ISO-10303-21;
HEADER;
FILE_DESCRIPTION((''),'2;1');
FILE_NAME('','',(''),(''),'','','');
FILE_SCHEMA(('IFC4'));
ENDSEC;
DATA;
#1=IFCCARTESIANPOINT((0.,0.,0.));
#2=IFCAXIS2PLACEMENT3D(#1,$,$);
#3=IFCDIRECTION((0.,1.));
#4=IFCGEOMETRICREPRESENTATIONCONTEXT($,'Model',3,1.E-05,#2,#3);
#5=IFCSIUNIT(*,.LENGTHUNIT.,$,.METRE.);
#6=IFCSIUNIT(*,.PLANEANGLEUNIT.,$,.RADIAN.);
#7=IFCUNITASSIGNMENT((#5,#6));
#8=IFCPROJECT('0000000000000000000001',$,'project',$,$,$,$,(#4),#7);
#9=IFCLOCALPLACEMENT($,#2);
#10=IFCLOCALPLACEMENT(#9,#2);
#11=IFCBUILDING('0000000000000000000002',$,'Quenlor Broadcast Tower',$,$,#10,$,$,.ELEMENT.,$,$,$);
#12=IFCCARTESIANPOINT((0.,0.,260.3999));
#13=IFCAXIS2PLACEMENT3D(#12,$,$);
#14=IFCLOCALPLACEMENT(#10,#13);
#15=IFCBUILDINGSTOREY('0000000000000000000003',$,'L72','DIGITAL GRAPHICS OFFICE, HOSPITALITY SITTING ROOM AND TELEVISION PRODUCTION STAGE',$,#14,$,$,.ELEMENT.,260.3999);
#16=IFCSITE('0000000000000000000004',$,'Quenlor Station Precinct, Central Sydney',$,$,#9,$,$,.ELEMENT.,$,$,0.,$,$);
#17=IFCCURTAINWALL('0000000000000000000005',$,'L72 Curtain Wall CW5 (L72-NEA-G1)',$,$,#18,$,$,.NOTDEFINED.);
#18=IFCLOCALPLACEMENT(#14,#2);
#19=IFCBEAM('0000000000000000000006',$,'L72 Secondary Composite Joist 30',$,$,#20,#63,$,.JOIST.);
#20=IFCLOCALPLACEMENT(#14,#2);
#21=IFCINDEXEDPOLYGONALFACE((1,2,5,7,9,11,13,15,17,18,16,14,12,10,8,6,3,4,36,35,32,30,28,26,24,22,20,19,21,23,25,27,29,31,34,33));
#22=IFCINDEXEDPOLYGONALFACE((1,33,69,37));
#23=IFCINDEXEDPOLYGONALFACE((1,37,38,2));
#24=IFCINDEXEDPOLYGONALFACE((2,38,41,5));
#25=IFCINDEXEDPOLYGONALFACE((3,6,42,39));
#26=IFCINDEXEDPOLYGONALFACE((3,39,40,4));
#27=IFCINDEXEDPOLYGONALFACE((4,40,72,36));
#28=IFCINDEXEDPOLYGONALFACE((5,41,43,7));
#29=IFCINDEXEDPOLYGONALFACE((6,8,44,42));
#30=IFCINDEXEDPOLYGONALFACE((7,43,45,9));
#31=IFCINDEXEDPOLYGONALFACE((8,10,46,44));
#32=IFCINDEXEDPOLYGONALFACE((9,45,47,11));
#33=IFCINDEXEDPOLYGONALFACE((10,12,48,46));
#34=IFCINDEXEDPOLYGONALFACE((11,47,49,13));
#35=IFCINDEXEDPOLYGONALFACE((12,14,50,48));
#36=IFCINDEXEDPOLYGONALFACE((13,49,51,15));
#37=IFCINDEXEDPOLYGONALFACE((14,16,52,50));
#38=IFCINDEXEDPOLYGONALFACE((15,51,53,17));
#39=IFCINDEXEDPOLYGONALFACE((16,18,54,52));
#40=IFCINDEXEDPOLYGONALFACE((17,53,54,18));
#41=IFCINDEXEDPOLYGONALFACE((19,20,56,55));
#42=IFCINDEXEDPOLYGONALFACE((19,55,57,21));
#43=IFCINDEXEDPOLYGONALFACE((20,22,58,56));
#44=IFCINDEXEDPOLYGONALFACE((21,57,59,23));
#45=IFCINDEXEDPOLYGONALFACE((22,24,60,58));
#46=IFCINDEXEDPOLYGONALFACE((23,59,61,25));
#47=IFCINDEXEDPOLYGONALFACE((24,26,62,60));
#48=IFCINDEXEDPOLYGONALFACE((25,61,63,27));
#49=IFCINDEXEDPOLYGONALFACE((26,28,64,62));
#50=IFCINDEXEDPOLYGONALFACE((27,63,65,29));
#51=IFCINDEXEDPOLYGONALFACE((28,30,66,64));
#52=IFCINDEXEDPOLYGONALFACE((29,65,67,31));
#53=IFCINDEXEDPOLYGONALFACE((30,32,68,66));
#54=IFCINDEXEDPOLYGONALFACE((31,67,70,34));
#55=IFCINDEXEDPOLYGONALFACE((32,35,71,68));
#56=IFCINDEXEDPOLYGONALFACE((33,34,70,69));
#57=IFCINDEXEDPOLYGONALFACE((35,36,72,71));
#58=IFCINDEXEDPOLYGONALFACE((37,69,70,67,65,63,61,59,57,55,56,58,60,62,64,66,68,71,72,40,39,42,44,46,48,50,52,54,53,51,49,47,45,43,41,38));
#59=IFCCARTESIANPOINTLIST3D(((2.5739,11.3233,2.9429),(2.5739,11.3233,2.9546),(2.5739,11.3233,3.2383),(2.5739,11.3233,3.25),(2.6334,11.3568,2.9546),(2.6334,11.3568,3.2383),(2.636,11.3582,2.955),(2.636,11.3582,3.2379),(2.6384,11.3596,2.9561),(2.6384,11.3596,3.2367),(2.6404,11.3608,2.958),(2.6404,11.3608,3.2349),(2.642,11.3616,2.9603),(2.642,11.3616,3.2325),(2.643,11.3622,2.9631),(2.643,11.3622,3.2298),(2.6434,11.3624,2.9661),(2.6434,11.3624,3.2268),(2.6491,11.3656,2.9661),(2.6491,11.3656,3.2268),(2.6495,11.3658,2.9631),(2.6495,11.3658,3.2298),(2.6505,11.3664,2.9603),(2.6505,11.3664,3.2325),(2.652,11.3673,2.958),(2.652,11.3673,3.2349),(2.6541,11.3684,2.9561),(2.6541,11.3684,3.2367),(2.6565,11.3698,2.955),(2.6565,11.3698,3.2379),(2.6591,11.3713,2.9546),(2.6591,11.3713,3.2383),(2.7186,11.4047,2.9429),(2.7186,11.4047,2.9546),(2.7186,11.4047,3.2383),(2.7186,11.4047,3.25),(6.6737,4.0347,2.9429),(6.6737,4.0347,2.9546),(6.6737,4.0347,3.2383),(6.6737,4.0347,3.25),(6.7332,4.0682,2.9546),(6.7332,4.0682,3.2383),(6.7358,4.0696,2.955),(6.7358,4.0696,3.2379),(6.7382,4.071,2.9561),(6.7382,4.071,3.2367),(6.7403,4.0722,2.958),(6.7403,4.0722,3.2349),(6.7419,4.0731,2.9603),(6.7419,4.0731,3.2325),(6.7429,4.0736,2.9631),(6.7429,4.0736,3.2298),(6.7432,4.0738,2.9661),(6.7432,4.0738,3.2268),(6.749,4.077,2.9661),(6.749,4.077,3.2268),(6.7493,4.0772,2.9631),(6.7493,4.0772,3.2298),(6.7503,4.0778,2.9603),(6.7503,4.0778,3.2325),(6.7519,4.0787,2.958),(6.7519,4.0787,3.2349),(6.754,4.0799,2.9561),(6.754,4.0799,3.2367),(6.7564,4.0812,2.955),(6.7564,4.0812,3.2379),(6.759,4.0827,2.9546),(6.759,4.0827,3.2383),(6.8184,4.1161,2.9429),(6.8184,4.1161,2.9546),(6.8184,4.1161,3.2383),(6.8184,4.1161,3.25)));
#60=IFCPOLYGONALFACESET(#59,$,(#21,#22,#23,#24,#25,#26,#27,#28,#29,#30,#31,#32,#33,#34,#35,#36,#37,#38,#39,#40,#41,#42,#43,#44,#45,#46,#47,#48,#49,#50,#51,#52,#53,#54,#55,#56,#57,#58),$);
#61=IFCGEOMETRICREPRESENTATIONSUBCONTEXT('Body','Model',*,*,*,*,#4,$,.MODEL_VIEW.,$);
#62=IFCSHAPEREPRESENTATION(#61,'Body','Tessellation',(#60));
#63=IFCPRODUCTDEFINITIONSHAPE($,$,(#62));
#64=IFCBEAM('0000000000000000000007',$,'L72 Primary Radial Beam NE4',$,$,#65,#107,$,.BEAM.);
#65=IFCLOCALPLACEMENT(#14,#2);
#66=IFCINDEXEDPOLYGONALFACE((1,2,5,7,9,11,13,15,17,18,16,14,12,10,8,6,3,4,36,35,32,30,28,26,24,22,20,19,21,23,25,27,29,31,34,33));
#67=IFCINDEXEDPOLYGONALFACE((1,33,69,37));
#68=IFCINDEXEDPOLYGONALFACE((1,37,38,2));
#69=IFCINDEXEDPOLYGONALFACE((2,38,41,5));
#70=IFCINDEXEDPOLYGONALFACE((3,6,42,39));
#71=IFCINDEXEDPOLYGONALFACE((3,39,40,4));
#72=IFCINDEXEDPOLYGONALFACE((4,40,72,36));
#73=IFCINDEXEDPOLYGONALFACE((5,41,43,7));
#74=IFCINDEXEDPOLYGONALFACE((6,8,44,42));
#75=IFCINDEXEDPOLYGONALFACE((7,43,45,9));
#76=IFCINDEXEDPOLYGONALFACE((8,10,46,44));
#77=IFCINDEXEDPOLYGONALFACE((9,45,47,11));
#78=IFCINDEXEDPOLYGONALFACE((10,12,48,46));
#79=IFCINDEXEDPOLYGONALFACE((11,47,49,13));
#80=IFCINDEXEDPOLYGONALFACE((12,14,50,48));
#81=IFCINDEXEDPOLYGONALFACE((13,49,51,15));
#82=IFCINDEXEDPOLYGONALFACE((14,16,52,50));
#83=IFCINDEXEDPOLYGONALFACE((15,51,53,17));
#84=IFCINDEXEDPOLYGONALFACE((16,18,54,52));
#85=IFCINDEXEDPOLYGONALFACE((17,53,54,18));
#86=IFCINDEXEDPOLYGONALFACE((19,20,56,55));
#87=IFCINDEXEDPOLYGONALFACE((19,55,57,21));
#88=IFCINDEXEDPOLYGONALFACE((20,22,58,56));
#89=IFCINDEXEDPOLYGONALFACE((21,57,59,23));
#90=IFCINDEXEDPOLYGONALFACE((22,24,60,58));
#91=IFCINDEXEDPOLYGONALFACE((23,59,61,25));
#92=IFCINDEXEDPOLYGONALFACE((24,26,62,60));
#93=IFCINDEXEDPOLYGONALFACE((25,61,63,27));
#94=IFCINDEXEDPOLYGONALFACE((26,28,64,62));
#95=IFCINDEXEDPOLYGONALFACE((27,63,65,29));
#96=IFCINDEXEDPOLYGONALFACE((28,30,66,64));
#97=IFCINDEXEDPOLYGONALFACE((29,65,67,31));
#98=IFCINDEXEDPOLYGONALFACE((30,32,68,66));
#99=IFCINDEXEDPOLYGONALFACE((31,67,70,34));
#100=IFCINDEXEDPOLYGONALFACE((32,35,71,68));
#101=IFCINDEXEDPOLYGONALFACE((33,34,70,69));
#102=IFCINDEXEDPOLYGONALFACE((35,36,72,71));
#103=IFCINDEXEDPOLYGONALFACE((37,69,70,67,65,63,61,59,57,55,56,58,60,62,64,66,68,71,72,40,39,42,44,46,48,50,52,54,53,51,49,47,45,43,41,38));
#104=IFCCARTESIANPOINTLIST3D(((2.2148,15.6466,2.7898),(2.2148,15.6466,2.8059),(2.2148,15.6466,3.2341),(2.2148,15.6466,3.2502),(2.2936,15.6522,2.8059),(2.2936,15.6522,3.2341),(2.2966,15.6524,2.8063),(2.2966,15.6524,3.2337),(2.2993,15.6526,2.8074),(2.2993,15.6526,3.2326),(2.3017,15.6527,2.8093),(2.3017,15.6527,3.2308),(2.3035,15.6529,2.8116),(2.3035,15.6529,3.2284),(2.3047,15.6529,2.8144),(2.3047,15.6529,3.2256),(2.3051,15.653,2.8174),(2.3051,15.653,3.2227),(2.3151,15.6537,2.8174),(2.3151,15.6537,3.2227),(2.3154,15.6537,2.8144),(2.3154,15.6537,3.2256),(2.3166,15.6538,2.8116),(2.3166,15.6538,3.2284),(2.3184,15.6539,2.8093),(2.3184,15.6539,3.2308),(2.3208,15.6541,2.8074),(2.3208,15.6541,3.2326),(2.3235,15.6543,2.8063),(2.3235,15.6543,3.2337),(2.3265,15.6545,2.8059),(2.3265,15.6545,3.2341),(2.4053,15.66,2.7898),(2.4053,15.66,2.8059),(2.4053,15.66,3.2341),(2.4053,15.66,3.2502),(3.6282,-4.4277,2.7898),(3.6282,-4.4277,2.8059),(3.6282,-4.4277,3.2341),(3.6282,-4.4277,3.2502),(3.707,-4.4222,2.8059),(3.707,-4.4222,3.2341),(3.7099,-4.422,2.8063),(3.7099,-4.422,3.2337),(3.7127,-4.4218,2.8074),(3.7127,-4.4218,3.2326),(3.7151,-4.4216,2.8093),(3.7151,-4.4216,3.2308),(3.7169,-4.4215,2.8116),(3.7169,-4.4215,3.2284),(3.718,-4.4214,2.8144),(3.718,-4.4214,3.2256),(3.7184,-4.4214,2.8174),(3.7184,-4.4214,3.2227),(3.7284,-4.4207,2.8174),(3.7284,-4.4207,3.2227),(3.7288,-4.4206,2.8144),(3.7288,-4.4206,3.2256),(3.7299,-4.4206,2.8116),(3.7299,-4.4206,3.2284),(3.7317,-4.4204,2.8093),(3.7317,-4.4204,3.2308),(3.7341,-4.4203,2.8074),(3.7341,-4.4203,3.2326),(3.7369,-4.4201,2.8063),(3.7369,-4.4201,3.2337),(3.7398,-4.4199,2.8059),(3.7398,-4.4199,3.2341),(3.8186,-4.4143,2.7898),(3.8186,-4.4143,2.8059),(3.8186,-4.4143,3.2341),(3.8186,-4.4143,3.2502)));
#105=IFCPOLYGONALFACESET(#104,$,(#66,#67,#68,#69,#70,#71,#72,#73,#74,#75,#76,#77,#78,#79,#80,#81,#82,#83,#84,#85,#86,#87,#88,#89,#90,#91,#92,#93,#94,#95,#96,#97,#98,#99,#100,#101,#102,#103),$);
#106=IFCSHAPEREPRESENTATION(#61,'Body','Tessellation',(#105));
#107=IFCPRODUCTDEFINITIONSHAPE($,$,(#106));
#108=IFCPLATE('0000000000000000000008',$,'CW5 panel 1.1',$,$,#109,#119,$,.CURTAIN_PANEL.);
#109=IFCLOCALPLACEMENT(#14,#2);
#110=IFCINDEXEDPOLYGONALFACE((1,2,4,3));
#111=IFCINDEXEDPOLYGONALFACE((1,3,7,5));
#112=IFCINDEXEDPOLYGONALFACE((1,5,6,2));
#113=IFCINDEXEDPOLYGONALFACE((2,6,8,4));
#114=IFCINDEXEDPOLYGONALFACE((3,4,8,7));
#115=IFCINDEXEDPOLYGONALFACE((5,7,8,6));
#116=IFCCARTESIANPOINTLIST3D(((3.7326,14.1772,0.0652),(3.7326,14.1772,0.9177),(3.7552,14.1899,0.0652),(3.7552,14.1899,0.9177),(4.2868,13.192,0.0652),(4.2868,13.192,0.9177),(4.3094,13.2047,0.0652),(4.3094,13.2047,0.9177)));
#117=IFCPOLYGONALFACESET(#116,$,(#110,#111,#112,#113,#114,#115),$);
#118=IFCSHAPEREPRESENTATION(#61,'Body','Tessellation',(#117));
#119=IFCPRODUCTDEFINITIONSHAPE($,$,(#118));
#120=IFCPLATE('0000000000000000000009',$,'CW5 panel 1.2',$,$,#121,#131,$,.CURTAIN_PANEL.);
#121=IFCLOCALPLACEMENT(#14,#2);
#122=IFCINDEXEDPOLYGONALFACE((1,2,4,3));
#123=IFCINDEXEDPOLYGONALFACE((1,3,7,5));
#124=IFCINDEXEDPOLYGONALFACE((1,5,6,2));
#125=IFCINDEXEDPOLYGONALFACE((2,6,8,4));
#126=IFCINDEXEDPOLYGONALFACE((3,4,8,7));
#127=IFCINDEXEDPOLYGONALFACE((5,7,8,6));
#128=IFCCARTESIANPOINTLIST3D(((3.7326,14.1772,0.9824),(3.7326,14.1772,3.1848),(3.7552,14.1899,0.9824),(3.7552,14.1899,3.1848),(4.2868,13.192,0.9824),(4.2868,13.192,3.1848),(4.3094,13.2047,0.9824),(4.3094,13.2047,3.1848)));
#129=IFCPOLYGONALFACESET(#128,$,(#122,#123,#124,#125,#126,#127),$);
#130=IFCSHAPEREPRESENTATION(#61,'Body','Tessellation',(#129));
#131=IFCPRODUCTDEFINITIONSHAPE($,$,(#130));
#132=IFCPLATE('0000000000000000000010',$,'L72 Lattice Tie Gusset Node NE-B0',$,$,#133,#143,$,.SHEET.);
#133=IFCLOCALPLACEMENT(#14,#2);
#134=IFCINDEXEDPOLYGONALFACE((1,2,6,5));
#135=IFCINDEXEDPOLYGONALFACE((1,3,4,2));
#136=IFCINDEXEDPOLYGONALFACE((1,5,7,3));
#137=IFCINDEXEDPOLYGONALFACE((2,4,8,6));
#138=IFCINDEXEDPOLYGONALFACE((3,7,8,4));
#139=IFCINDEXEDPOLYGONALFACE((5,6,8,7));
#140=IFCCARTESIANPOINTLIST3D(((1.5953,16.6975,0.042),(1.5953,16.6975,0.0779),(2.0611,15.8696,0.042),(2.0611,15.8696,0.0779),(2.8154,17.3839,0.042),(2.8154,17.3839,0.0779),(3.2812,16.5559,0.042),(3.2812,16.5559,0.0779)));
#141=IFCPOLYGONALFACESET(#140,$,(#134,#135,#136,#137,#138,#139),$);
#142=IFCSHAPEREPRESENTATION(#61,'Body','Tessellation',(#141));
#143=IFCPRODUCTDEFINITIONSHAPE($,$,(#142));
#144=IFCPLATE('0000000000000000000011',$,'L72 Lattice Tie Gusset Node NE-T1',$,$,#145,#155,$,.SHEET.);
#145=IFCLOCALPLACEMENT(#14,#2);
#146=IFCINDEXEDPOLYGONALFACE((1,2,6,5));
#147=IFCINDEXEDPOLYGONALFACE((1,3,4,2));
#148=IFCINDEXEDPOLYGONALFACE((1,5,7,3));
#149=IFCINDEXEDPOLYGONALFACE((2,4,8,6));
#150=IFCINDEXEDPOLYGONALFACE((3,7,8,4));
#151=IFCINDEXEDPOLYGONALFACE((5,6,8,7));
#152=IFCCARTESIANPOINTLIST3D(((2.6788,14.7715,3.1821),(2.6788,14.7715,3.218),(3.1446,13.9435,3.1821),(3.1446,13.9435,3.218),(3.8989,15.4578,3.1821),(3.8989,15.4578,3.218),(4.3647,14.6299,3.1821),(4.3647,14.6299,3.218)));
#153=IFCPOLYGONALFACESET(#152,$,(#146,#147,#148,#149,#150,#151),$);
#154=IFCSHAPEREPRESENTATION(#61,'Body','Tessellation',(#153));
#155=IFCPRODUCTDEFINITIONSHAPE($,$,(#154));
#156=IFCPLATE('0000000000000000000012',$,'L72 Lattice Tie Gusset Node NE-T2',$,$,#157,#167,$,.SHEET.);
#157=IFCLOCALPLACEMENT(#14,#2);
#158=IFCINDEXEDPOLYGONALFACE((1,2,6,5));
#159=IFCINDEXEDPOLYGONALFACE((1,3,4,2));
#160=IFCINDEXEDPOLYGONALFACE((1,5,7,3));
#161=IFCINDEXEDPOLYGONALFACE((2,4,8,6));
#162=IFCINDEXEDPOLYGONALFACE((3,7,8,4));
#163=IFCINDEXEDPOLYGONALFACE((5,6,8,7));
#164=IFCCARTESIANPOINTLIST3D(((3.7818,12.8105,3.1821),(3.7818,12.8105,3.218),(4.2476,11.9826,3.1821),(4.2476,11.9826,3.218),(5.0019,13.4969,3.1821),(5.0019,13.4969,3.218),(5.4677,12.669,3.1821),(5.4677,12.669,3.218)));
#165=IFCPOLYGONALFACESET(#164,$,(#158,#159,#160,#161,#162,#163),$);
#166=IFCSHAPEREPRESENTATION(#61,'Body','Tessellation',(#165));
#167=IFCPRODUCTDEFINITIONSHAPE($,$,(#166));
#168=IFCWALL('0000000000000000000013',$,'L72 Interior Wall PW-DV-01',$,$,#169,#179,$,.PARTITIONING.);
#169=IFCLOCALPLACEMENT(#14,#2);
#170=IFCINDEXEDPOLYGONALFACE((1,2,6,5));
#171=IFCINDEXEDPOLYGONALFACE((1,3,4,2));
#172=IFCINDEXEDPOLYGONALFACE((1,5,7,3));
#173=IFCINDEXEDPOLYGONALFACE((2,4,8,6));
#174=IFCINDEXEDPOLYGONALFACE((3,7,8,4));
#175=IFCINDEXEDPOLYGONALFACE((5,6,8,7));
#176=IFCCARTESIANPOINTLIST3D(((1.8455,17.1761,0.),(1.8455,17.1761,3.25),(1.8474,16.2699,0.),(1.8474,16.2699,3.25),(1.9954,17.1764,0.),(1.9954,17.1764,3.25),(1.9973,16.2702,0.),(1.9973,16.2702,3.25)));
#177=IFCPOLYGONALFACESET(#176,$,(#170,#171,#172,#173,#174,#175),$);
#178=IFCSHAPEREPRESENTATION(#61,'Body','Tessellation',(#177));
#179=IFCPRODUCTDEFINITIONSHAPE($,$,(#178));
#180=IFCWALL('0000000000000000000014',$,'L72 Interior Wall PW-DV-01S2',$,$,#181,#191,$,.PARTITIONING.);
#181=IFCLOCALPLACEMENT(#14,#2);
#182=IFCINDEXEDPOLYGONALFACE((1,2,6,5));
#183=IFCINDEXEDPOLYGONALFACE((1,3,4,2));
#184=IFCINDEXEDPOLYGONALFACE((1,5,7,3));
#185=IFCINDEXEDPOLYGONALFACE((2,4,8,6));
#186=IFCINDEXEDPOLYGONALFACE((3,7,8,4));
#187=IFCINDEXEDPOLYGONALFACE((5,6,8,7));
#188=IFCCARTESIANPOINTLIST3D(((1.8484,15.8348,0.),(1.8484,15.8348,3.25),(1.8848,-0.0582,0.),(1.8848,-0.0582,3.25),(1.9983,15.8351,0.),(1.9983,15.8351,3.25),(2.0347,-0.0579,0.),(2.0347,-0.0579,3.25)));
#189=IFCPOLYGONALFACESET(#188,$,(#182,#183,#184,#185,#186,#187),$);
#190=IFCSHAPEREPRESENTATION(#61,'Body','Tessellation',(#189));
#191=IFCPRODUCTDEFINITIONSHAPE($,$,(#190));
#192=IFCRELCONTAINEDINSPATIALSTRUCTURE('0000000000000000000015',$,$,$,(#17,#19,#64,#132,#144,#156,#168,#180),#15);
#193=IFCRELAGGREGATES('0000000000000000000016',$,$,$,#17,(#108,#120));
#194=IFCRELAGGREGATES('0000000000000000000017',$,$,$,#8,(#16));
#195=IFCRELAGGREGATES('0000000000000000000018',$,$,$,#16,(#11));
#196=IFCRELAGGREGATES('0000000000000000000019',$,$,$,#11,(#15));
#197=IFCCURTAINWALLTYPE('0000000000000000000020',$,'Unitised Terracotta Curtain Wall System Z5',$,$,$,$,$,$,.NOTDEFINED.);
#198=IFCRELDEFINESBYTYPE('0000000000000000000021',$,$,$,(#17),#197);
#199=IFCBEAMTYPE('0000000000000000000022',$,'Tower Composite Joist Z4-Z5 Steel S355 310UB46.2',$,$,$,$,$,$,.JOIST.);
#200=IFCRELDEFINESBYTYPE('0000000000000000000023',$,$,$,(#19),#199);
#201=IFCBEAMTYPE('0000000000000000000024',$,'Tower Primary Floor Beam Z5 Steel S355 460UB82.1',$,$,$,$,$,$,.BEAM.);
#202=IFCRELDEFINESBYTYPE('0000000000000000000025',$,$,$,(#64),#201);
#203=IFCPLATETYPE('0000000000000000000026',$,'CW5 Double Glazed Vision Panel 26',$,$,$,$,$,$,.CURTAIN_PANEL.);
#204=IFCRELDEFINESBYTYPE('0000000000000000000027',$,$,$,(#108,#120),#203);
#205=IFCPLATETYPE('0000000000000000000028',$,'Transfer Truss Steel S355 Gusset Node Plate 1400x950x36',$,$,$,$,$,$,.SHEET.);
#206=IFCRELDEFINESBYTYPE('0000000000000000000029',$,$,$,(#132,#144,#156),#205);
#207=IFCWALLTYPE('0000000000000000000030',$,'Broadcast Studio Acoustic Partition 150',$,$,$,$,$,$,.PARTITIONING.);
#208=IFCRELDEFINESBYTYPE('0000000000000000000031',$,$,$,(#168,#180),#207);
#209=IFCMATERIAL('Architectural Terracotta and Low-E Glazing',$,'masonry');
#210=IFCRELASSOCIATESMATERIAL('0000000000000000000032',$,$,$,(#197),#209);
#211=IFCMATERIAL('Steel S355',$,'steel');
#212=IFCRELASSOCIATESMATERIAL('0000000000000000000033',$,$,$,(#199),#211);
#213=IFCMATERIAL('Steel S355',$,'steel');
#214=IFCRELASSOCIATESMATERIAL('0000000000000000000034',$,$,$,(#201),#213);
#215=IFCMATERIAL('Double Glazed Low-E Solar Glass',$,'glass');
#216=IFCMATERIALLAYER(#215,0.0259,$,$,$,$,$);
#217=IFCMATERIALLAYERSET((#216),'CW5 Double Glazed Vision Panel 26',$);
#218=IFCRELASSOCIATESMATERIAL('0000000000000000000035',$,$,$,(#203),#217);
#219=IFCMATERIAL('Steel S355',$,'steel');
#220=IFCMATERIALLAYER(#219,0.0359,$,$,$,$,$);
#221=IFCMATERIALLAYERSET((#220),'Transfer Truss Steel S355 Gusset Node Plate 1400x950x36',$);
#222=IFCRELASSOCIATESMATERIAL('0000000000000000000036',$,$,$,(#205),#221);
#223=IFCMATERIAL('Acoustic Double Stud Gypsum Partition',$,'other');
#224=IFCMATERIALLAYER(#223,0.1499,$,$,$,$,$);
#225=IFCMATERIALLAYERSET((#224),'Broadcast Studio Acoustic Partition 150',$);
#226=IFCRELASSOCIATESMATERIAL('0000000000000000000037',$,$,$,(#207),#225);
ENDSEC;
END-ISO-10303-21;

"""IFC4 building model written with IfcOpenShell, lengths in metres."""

from ifc_helpers import new_model, si_unit, direction, frame, frame_2d, origin, origin_2d, place, context, subcontext, project, spatial, rectangle, i_section, extrude, material, layer, layer_set, material_profile, profile_set, type_object, element, aggregate, save


model = new_model("IFC4")

# Units and contexts
model_context = context("Model", 3, precision=1e-05, world=origin(), true_north=direction((0.0, 1.0)))
body_context = subcontext(model_context, "Body", "Model", "MODEL_VIEW")
ifc_project = project(units=[si_unit("LENGTHUNIT", "METRE"), si_unit("PLANEANGLEUNIT", "RADIAN")], contexts=[model_context])

# Site, building, storey
site_placement = place(None, origin())
site = spatial("IfcSite", under=ifc_project, at=site_placement, Name="Quenlor Station Precinct, Central Sydney", CompositionType="ELEMENT", RefElevation=0.0)
building_placement = place(site_placement, origin())
building = spatial("IfcBuilding", under=site, at=building_placement, Name="Quenlor Broadcast Tower", CompositionType="ELEMENT")
storey_placement = place(building_placement, frame((0.0, 0.0, 260.3999)))
storey = spatial("IfcBuildingStorey", under=building, at=storey_placement, Name="L72", Description="DIGITAL GRAPHICS OFFICE, HOSPITALITY SITTING ROOM AND TELEVISION PRODUCTION STAGE", CompositionType="ELEMENT", Elevation=260.3999)

# Curtain wall
ifc_material_1 = material(Name="Architectural Terracotta and Low-E Glazing", Category="masonry")
curtain_wall_type = type_object("IfcCurtainWallType", Name="Unitised Terracotta Curtain Wall System Z5", PredefinedType="NOTDEFINED", material=ifc_material_1)
curtain_wall_placement = place(storey_placement, origin())
curtain_wall = element("IfcCurtainWall", 1, at=curtain_wall_placement, inside=storey, type_object=curtain_wall_type, Name="L72 Curtain Wall CW5 (L72-NEA-G1)", PredefinedType="NOTDEFINED")

# Beams
ifc_material_2 = material(Name="Steel S355", Category="steel")
ifc_material_profile_1 = material_profile(ifc_material_2, i_section(OverallWidth=0.166, OverallDepth=0.3071, WebThickness=0.0066, FlangeThickness=0.0117, FilletRadius=0.0115, at=origin_2d()))
ifc_profile_set_1 = profile_set([ifc_material_profile_1], Name="Steel S355 310UB46.2")
beam_type_1 = type_object("IfcBeamType", Name="Tower Composite Joist Z4-Z5 Steel S355 310UB46.2", PredefinedType="JOIST", material=ifc_profile_set_1)
beam_1_placement = place(storey_placement, frame((2.6462, 11.364, 3.0964), z_axis=(0.490264, -0.871574, 0.0), x_axis=(0.871574, 0.490264, 0.0)))
element("IfcBeam", 2, at=beam_1_placement, inside=storey, type_object=beam_type_1, Name="L72 Secondary Composite Joist 30", PredefinedType="JOIST", context=body_context, shape_type="SweptSolid", body=[
    extrude(i_section(OverallWidth=0.166, OverallDepth=0.3071, WebThickness=0.0066, FlangeThickness=0.0117, FilletRadius=0.0115, at=origin_2d()), origin(), (0.0, 0.0, 1.0), 8.3625),
])
ifc_material_3 = material(Name="Steel S355", Category="steel")
ifc_material_profile_2 = material_profile(ifc_material_3, i_section(OverallWidth=0.1909, OverallDepth=0.4604, WebThickness=0.01, FlangeThickness=0.0161, FilletRadius=0.0115, at=origin_2d()))
ifc_profile_set_2 = profile_set([ifc_material_profile_2], Name="Steel S355 460UB82.1")
beam_type_2 = type_object("IfcBeamType", Name="Tower Primary Floor Beam Z5 Steel S355 460UB82.1", PredefinedType="BEAM", material=ifc_profile_set_2)
beam_2_placement = place(storey_placement, frame((2.3101, 15.6533, 3.02), z_axis=(0.070231, -0.997531, 0.0), x_axis=(0.997531, 0.070231, 0.0)))
element("IfcBeam", 3, at=beam_2_placement, inside=storey, type_object=beam_type_2, Name="L72 Primary Radial Beam NE4", PredefinedType="BEAM", context=body_context, shape_type="SweptSolid", body=[
    extrude(i_section(OverallWidth=0.1909, OverallDepth=0.4604, WebThickness=0.01, FlangeThickness=0.0161, FilletRadius=0.0115, at=origin_2d()), origin(), (0.0, 0.0, 1.0), 20.124),
])

# Plates
ifc_material_4 = material(Name="Double Glazed Low-E Solar Glass", Category="glass")
ifc_layer_1 = layer(ifc_material_4, 0.0259)
ifc_layer_set_1 = layer_set([ifc_layer_1], Name="CW5 Double Glazed Vision Panel 26")
plate_type_1 = type_object("IfcPlateType", Name="CW5 Double Glazed Vision Panel 26", PredefinedType="CURTAIN_PANEL", material=ifc_layer_set_1)
plate_1_placement = place(storey_placement, frame((4.021, 13.6909, 0.0652), z_axis=(0.0, 0.0, 1.0), x_axis=(0.490291, -0.871559, 0.0)))
plate_1 = element("IfcPlate", 4, at=plate_1_placement, type_object=plate_type_1, Name="CW5 panel 1.1", PredefinedType="CURTAIN_PANEL", context=body_context, shape_type="SweptSolid", body=[
    extrude(rectangle(XDim=1.1304, YDim=0.0259, at=origin_2d()), origin(), (0.0, 0.0, 1.0), 0.8525),
])
plate_2_placement = place(storey_placement, frame((4.021, 13.6909, 0.9824), z_axis=(0.0, 0.0, 1.0), x_axis=(0.490291, -0.871559, 0.0)))
plate_2 = element("IfcPlate", 5, at=plate_2_placement, type_object=plate_type_1, Name="CW5 panel 1.2", PredefinedType="CURTAIN_PANEL", context=body_context, shape_type="SweptSolid", body=[
    extrude(rectangle(XDim=1.1304, YDim=0.0259, at=origin_2d()), origin(), (0.0, 0.0, 1.0), 2.2024),
])
aggregate(curtain_wall, [plate_1, plate_2])

# Plates
ifc_material_5 = material(Name="Steel S355", Category="steel")
ifc_layer_2 = layer(ifc_material_5, 0.0359)
ifc_layer_set_2 = layer_set([ifc_layer_2], Name="Transfer Truss Steel S355 Gusset Node Plate 1400x950x36")
plate_type_2 = type_object("IfcPlateType", Name="Transfer Truss Steel S355 Gusset Node Plate 1400x950x36", PredefinedType="SHEET", material=ifc_layer_set_2)
for number, where, z_axis, x_axis, name in (
    (6, (2.4382, 16.6267, 0.042), (0.0, 0.0, 1.0), (0.871556, 0.490295, 0.0), "L72 Lattice Tie Gusset Node NE-B0"),
    (7, (3.5217, 14.7007, 3.1821), (0.0, 0.0, 1.0), (0.871556, 0.490295, 0.0), "L72 Lattice Tie Gusset Node NE-T1"),
    (8, (4.6248, 12.7397, 3.1821), (0.0, 0.0, 1.0), (0.871556, 0.490295, 0.0), "L72 Lattice Tie Gusset Node NE-T2"),
):
    element("IfcPlate", number, at=place(storey_placement, frame(where, z_axis=z_axis, x_axis=x_axis)), inside=storey, type_object=plate_type_2, Name=name, PredefinedType="SHEET", context=body_context, shape_type="SweptSolid", body=[
        extrude(rectangle(XDim=1.3999, YDim=0.95, at=origin_2d()), origin(), (0.0, 0.0, 1.0), 0.0359),
    ])

# Walls
ifc_material_6 = material(Name="Acoustic Double Stud Gypsum Partition", Category="other")
ifc_layer_3 = layer(ifc_material_6, 0.1499)
ifc_layer_set_3 = layer_set([ifc_layer_3], Name="Broadcast Studio Acoustic Partition 150")
wall_type_1 = type_object("IfcWallType", Name="Broadcast Studio Acoustic Partition 150", PredefinedType="PARTITIONING", material=ifc_layer_set_3)
wall_1_placement = place(storey_placement, frame((1.9204, 17.1763, 0.0), z_axis=(0.0, 0.0, 1.0), x_axis=(0.002155, -0.999998, 0.0)))
element("IfcWall", 9, at=wall_1_placement, inside=storey, type_object=wall_type_1, Name="L72 Interior Wall PW-DV-01", PredefinedType="PARTITIONING", context=body_context, shape_type="SweptSolid", body=[
    extrude(rectangle(XDim=0.9062, YDim=0.1499, at=frame_2d((0.4531, 0.0))), origin(), (0.0, 0.0, 1.0), 3.25),
])
wall_2_placement = place(storey_placement, frame((1.9233, 15.835, 0.0), z_axis=(0.0, 0.0, 1.0), x_axis=(0.002289, -0.999997, 0.0)))
element("IfcWall", 10, at=wall_2_placement, inside=storey, type_object=wall_type_1, Name="L72 Interior Wall PW-DV-01S2", PredefinedType="PARTITIONING", context=body_context, shape_type="SweptSolid", body=[
    extrude(rectangle(XDim=15.8931, YDim=0.1499, at=frame_2d((7.9465, 0.0))), origin(), (0.0, 0.0, 1.0), 3.25),
])

save(model, "model.ifc")
